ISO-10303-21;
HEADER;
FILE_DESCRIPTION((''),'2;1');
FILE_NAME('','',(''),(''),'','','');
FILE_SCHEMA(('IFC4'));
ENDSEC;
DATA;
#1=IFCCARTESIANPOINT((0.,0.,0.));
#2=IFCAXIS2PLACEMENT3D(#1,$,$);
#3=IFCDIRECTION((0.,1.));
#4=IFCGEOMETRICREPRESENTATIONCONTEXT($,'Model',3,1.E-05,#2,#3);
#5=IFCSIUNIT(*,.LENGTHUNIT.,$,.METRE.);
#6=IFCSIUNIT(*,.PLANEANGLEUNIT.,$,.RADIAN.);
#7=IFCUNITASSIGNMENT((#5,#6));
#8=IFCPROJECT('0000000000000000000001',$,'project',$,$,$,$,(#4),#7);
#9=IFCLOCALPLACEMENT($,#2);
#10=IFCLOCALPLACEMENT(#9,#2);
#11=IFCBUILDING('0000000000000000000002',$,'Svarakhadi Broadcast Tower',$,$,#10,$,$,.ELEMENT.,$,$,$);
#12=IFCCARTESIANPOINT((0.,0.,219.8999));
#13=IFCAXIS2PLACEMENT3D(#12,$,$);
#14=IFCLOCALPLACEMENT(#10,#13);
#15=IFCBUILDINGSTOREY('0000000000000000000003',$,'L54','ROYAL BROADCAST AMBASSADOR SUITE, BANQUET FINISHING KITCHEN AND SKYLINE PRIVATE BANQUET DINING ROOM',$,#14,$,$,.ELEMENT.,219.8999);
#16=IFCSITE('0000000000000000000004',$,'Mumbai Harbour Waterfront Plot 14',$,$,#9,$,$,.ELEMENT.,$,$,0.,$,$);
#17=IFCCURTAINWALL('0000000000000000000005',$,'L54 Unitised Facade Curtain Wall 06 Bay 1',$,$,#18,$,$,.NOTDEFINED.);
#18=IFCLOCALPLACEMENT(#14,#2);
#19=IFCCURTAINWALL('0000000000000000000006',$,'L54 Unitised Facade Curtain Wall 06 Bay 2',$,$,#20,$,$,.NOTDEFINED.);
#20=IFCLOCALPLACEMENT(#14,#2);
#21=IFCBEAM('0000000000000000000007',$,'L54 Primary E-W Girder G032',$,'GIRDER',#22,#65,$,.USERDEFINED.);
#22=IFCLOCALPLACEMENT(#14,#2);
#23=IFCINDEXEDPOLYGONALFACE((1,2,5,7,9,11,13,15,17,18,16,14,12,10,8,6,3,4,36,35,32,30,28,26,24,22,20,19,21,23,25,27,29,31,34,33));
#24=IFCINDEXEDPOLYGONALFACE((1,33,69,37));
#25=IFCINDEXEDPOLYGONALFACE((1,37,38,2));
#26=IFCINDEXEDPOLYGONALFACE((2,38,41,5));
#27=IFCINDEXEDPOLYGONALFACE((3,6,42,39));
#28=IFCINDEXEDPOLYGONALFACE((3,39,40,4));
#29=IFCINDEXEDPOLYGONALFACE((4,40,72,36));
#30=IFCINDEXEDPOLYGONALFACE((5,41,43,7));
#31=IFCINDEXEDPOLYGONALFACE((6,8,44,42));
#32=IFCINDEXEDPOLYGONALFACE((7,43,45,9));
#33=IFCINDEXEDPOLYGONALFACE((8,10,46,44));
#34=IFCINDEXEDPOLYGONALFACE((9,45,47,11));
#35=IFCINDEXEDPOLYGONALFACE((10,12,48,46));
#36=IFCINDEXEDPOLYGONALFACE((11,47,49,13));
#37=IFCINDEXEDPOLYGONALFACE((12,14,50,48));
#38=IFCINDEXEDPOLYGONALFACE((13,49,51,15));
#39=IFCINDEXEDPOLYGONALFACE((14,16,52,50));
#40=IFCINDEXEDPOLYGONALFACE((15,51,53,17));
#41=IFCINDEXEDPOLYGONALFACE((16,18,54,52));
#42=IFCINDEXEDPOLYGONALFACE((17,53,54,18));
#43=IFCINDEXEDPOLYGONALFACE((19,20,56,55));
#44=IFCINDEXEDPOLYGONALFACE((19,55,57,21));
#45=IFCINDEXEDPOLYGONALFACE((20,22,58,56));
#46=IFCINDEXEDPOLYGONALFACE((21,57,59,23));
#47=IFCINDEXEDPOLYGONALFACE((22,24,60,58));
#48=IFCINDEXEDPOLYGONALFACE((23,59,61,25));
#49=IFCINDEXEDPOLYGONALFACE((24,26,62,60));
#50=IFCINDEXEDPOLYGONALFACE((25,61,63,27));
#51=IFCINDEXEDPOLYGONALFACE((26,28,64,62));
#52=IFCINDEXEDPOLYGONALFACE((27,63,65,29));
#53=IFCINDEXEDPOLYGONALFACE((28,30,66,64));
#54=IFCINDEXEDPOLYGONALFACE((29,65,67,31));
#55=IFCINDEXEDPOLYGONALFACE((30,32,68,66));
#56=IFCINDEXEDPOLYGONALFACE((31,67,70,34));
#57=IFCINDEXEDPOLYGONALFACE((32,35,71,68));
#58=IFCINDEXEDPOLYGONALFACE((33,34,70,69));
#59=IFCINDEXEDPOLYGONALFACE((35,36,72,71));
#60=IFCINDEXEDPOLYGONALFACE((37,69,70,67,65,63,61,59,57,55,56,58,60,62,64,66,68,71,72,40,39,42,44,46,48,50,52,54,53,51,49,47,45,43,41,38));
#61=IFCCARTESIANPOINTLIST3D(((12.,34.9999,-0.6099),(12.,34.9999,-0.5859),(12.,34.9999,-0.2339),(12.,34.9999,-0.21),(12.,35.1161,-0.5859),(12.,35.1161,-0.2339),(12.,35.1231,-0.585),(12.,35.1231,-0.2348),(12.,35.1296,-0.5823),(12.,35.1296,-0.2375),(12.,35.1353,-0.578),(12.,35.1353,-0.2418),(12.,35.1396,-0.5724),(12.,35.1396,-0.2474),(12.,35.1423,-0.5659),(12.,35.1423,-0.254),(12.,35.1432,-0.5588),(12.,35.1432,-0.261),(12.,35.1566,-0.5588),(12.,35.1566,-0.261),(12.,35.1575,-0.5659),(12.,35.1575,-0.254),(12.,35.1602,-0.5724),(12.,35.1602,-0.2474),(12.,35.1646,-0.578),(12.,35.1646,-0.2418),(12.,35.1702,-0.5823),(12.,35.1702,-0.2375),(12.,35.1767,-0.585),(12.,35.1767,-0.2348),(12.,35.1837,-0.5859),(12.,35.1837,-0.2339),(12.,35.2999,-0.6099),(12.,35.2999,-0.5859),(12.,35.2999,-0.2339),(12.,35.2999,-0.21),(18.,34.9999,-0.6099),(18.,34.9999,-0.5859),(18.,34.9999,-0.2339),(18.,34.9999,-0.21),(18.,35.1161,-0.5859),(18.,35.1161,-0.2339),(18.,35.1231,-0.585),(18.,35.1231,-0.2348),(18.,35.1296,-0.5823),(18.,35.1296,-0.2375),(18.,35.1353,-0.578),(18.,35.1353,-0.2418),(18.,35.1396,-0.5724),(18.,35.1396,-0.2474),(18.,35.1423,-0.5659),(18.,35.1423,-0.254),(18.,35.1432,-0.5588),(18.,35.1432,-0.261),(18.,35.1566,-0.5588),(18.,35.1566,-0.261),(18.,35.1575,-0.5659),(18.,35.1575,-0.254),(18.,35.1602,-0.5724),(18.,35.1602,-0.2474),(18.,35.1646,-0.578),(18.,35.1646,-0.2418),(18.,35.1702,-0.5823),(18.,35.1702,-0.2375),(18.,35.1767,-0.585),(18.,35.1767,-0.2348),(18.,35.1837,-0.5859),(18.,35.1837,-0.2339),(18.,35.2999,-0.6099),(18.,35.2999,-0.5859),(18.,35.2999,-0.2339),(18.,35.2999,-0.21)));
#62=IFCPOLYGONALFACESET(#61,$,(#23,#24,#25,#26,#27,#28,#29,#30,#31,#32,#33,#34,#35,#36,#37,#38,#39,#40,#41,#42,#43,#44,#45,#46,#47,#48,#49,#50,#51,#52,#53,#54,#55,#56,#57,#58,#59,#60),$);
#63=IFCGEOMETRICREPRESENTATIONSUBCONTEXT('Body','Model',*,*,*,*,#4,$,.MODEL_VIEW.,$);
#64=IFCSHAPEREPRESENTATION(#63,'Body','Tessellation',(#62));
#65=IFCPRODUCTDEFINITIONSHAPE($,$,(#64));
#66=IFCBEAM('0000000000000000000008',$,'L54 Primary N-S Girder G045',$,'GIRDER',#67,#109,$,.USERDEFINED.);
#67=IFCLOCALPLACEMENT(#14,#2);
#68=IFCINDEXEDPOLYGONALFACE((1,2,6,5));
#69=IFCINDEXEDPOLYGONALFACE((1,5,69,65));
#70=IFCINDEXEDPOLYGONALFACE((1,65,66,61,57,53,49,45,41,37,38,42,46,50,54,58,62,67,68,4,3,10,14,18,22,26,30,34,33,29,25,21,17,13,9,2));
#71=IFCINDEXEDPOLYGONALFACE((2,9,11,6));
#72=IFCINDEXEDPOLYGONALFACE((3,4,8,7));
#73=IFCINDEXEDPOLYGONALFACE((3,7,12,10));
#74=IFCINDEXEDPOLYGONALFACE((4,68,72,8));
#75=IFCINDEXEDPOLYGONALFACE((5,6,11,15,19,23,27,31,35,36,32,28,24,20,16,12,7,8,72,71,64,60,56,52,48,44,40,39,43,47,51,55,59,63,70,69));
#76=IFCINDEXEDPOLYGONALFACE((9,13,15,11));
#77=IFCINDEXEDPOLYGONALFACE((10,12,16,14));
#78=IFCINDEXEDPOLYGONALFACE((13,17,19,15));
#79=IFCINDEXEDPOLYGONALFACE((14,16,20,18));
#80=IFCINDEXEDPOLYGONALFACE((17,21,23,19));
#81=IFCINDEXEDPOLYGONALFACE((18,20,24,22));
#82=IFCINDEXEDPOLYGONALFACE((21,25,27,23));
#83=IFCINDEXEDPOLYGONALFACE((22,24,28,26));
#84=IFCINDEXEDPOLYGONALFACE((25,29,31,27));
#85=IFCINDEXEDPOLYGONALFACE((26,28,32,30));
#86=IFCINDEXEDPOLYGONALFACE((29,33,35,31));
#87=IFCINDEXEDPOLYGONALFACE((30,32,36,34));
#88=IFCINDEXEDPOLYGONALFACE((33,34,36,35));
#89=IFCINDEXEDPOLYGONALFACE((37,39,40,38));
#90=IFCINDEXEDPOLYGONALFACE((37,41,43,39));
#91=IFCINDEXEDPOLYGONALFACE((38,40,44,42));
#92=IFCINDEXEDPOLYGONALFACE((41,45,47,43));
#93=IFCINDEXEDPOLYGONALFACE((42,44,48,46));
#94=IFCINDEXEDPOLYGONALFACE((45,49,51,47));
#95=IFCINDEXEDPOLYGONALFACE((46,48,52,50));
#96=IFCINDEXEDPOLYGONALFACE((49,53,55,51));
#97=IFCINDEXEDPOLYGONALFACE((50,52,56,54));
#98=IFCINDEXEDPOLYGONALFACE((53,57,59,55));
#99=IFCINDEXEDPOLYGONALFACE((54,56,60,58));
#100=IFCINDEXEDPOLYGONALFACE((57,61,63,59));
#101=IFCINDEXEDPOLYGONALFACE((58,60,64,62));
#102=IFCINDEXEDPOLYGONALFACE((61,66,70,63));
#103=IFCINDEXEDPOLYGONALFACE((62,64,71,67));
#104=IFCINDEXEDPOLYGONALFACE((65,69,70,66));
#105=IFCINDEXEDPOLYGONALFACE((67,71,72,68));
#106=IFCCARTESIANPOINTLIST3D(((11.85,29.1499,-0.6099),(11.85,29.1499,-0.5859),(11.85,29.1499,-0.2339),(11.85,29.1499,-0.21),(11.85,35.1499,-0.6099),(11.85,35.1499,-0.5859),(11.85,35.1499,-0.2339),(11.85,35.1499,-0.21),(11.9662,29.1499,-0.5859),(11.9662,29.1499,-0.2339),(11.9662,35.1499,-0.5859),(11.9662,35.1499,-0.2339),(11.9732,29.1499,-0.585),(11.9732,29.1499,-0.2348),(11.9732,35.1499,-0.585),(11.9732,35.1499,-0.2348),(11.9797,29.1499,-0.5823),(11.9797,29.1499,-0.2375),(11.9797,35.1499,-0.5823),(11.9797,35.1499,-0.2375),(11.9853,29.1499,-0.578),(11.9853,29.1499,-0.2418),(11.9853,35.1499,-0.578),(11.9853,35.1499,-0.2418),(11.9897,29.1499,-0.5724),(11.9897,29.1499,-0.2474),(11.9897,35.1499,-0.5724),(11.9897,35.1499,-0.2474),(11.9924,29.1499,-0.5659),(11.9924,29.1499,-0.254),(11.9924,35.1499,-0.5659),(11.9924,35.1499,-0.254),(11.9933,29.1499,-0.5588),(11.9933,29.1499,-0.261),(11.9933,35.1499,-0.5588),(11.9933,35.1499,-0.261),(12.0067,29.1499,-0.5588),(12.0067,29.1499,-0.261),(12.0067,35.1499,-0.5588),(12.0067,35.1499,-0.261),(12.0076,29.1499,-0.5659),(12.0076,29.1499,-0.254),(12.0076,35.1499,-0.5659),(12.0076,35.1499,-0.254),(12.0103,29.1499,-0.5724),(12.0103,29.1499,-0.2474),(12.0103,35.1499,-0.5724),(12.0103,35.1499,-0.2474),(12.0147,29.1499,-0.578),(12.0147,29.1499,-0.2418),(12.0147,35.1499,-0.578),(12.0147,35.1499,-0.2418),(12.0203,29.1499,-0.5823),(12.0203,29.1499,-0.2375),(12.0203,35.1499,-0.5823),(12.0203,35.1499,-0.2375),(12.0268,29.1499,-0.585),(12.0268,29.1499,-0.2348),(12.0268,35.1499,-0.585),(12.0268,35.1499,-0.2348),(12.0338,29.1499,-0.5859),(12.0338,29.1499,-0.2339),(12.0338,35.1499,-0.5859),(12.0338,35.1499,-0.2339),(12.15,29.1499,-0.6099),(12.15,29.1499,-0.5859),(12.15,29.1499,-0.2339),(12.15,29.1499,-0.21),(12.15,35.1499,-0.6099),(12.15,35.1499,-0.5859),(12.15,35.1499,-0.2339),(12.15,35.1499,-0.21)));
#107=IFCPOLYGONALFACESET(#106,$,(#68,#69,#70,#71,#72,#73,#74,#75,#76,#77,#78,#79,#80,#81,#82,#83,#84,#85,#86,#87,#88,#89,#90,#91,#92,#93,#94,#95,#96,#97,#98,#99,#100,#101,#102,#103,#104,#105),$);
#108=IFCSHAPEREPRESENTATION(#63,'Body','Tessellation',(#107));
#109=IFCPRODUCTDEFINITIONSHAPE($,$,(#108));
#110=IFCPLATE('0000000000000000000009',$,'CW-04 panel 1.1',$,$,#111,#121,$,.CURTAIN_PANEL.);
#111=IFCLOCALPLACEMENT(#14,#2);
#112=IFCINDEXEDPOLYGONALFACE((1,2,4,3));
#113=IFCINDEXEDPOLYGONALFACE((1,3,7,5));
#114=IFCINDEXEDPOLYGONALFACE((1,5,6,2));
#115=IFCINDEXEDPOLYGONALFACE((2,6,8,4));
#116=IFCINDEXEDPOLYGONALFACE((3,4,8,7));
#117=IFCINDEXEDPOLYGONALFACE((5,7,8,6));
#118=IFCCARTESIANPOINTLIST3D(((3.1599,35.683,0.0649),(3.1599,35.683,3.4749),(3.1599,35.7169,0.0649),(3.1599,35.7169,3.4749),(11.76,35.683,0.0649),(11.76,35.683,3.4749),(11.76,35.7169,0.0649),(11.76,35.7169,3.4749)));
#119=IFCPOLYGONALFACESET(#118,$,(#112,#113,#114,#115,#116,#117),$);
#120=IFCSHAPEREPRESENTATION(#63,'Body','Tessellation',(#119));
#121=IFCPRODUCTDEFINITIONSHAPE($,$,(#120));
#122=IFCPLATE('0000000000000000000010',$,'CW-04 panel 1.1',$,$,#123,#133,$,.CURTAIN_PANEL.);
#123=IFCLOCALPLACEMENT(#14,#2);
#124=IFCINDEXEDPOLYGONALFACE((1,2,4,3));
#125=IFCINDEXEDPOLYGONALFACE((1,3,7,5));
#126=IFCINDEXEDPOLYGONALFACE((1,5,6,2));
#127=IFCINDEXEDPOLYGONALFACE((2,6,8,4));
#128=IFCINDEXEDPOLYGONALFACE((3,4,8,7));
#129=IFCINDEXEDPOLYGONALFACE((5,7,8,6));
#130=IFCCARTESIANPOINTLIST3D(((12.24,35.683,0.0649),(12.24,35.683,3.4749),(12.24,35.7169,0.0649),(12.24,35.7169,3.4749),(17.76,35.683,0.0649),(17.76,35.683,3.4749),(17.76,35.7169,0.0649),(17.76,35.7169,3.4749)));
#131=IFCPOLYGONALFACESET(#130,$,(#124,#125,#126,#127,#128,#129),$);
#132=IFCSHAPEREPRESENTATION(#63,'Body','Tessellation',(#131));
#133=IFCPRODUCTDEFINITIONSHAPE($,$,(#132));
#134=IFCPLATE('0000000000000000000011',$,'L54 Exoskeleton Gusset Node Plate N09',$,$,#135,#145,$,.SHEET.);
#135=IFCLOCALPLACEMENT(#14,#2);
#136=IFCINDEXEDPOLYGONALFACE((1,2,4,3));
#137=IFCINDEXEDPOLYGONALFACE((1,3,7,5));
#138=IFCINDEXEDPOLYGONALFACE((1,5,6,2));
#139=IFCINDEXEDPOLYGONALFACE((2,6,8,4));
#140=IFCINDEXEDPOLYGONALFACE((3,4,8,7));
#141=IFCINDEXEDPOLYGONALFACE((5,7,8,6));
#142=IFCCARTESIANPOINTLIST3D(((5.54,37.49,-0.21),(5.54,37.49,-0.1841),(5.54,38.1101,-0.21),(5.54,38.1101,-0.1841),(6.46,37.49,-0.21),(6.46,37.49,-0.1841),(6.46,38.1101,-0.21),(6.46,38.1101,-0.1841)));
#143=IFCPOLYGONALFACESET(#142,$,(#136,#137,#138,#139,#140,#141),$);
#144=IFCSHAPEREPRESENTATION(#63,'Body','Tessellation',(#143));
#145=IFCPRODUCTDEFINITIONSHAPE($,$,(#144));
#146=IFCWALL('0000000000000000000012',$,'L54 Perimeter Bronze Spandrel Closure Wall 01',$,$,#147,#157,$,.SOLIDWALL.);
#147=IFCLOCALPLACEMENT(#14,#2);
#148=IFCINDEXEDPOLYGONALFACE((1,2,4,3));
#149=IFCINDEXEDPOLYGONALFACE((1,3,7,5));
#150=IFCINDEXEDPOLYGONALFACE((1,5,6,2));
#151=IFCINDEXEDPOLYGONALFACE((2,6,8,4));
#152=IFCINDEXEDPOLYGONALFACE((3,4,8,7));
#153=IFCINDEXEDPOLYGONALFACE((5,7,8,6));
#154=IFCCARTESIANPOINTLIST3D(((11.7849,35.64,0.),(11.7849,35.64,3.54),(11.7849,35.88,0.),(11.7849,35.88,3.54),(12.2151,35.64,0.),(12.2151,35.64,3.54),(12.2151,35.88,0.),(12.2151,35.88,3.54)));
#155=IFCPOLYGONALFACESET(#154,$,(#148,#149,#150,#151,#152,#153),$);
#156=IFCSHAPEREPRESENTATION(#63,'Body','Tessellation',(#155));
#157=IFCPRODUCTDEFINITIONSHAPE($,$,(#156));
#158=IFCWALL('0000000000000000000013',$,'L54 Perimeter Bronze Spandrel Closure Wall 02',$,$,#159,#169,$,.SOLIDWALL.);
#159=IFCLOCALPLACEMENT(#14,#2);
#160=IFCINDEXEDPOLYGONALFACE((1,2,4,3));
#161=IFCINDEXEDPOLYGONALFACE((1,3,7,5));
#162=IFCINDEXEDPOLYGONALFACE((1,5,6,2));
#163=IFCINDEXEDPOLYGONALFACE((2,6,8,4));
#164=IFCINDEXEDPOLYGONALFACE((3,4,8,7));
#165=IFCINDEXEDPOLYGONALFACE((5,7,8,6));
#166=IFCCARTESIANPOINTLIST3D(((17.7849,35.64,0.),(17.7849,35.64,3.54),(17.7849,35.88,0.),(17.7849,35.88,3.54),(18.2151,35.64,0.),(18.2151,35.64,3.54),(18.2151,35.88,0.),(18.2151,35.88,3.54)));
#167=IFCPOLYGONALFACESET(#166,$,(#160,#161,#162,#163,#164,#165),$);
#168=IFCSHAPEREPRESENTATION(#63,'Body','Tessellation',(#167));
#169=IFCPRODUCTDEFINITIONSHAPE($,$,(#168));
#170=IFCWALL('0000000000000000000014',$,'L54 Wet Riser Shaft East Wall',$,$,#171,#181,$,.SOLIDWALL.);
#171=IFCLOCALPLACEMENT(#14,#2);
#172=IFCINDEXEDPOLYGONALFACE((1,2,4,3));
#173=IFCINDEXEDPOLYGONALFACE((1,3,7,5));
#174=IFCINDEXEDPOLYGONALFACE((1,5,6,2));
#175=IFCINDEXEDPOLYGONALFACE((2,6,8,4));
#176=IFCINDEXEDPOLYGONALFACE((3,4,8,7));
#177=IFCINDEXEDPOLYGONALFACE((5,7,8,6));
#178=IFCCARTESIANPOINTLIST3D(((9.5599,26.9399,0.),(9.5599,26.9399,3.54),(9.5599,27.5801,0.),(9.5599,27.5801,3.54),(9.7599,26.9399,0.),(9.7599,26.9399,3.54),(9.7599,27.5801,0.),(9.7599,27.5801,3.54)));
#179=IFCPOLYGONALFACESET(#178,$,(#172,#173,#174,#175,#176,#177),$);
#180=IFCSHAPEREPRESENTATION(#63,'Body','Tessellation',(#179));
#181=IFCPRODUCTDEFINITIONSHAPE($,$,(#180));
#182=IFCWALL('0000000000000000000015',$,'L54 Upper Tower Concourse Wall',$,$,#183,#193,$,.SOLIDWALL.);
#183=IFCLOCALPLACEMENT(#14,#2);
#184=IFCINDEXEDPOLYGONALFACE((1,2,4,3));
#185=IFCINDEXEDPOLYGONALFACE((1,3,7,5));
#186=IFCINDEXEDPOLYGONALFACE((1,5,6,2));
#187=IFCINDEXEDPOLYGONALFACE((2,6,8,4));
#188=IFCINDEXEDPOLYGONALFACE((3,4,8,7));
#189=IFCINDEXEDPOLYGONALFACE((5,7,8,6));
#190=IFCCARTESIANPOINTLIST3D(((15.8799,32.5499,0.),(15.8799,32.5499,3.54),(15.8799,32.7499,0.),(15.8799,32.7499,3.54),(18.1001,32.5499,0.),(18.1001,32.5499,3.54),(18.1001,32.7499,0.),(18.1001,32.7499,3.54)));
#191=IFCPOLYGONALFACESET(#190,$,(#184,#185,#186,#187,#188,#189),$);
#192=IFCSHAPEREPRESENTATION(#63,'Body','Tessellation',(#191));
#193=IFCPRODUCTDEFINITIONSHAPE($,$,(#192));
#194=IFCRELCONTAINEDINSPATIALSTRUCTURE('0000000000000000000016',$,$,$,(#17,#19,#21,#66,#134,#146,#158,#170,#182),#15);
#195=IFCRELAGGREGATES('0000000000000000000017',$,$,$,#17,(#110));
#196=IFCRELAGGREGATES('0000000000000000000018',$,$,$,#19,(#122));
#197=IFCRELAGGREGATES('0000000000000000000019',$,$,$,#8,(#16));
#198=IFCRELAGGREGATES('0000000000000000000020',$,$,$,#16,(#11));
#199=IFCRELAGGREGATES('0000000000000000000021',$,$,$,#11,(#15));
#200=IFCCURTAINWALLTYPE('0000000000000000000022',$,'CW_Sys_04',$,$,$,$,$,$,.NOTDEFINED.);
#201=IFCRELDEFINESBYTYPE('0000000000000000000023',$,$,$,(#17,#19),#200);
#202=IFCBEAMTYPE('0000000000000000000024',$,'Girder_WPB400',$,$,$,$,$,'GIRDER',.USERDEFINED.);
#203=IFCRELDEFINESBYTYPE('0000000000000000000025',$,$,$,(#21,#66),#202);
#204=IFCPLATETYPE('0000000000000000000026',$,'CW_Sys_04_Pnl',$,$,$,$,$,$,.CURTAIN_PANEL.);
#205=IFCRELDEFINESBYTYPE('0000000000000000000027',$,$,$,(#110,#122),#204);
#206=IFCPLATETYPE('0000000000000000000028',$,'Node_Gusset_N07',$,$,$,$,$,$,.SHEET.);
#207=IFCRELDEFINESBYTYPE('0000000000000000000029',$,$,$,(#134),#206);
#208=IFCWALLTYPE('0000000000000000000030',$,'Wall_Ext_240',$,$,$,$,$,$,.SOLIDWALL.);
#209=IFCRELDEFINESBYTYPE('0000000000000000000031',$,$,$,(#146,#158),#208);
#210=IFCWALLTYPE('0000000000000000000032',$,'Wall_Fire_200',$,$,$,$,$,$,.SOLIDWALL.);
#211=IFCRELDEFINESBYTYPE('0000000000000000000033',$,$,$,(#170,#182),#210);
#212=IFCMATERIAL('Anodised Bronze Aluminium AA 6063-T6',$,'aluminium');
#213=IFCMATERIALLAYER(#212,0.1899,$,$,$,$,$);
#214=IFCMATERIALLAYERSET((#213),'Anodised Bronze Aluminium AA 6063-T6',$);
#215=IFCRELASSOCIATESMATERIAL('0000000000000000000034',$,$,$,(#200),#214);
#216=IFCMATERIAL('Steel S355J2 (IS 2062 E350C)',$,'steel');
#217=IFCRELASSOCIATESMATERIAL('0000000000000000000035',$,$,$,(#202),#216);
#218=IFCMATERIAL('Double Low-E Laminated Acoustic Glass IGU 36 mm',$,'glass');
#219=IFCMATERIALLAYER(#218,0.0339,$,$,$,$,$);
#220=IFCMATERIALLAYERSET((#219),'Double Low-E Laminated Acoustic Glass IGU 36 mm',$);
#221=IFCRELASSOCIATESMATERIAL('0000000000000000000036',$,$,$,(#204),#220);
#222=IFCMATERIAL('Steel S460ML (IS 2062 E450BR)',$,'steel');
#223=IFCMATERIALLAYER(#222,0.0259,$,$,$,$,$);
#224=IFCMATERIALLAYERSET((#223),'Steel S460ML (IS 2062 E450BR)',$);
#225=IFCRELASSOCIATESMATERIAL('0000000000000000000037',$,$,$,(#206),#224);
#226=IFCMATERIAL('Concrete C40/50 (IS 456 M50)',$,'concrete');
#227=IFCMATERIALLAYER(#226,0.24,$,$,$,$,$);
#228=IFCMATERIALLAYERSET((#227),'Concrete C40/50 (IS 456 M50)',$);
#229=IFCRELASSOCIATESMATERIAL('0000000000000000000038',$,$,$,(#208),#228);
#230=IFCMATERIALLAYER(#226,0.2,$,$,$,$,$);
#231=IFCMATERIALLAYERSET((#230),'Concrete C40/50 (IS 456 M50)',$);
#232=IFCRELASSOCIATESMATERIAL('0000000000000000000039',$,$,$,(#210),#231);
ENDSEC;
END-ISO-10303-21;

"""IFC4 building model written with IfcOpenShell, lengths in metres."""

from ifc_helpers import new_model, si_unit, direction, frame, frame_2d, origin, origin_2d, place, context, subcontext, project, spatial, rectangle, i_section, extrude, material, layer, layer_set, material_profile, profile_set, type_object, element, aggregate, save


model = new_model("IFC4")

# Units and contexts
model_context = context("Model", 3, precision=1e-05, world=origin(), true_north=direction((0.0, 1.0)))
body_context = subcontext(model_context, "Body", "Model", "MODEL_VIEW")
ifc_project = project(units=[si_unit("LENGTHUNIT", "METRE"), si_unit("PLANEANGLEUNIT", "RADIAN")], contexts=[model_context])

# Site, building, storey
site_placement = place(None, origin())
site = spatial("IfcSite", under=ifc_project, at=site_placement, Name="Mumbai Harbour Waterfront Plot 14", CompositionType="ELEMENT", RefElevation=0.0)
building_placement = place(site_placement, origin())
building = spatial("IfcBuilding", under=site, at=building_placement, Name="Svarakhadi Broadcast Tower", CompositionType="ELEMENT")
storey_placement = place(building_placement, frame((0.0, 0.0, 219.8999)))
storey = spatial("IfcBuildingStorey", under=building, at=storey_placement, Name="L54", Description="ROYAL BROADCAST AMBASSADOR SUITE, BANQUET FINISHING KITCHEN AND SKYLINE PRIVATE BANQUET DINING ROOM", CompositionType="ELEMENT", Elevation=219.8999)

# Shared definitions
ifc_material_1 = material(Name="Steel S460ML (IS 2062 E450BR)", Category="steel")

# Shared definitions
ifc_material_2 = material(Name="Steel S355J2 (IS 2062 E350C)", Category="steel")

# Curtain wall
ifc_material_3 = material(Name="Anodised Bronze Aluminium AA 6063-T6", Category="aluminium")
ifc_layer_1 = layer(ifc_material_3, 0.1899)
ifc_layer_set_1 = layer_set([ifc_layer_1], Name="Anodised Bronze Aluminium AA 6063-T6")
curtain_wall_type = type_object("IfcCurtainWallType", Name="CW_Sys_04", PredefinedType="NOTDEFINED", material=ifc_layer_set_1)
curtain_wall_1_placement = place(storey_placement, origin())
curtain_wall_1 = element("IfcCurtainWall", 1, at=curtain_wall_1_placement, inside=storey, type_object=curtain_wall_type, Name="L54 Unitised Facade Curtain Wall 06 Bay 1", PredefinedType="NOTDEFINED")

# Curtain wall
curtain_wall_2_placement = place(storey_placement, origin())
curtain_wall_2 = element("IfcCurtainWall", 2, at=curtain_wall_2_placement, inside=storey, type_object=curtain_wall_type, Name="L54 Unitised Facade Curtain Wall 06 Bay 2", PredefinedType="NOTDEFINED")

# Beams
ifc_material_profile_1 = material_profile(ifc_material_2, i_section(OverallWidth=0.3, OverallDepth=0.3999, WebThickness=0.0134, FlangeThickness=0.0239, FilletRadius=0.0271, at=origin_2d()), Name="WPB 400x300x155")
ifc_profile_set_1 = profile_set([ifc_material_profile_1], Name="Steel S355J2 (IS 2062 E350C)")
beam_type_1 = type_object("IfcBeamType", Name="Girder_WPB400", ElementType="GIRDER", PredefinedType="USERDEFINED", material=ifc_profile_set_1)
for number, where, z_axis, x_axis, name in (
    (3, (12.0, 35.1499, -0.4099), (1.0, 0.0, 0.0), (0.0, 1.0, 0.0), "L54 Primary E-W Girder G032"),
    (4, (12.0, 29.1499, -0.4099), (0.0, 1.0, 0.0), (-1.0, 0.0, 0.0), "L54 Primary N-S Girder G045"),
):
    element("IfcBeam", number, at=place(storey_placement, frame(where, z_axis=z_axis, x_axis=x_axis)), inside=storey, type_object=beam_type_1, Name=name, ObjectType="GIRDER", PredefinedType="USERDEFINED", context=body_context, shape_type="SweptSolid", body=[
        extrude(i_section(OverallWidth=0.3, OverallDepth=0.3999, WebThickness=0.0134, FlangeThickness=0.0239, FilletRadius=0.0271, at=origin_2d()), origin(), (0.0, 0.0, 1.0), 6.0),
    ])

# Plates
ifc_material_4 = material(Name="Double Low-E Laminated Acoustic Glass IGU 36 mm", Category="glass")
ifc_layer_2 = layer(ifc_material_4, 0.0339)
ifc_layer_set_2 = layer_set([ifc_layer_2], Name="Double Low-E Laminated Acoustic Glass IGU 36 mm")
plate_type_1 = type_object("IfcPlateType", Name="CW_Sys_04_Pnl", PredefinedType="CURTAIN_PANEL", material=ifc_layer_set_2)
plate_1_placement = place(storey_placement, frame((7.46, 35.7, 0.0649), z_axis=(0.0, 0.0, 1.0), x_axis=(1.0, 0.0, 0.0)))
plate_1 = element("IfcPlate", 5, at=plate_1_placement, type_object=plate_type_1, Name="CW-04 panel 1.1", PredefinedType="CURTAIN_PANEL", context=body_context, shape_type="SweptSolid", body=[
    extrude(rectangle(XDim=8.6001, YDim=0.0339, at=origin_2d()), origin(), (0.0, 0.0, 1.0), 3.4099),
])
aggregate(curtain_wall_1, [plate_1])
plate_2_placement = place(storey_placement, frame((15.0, 35.7, 0.0649), z_axis=(0.0, 0.0, 1.0), x_axis=(1.0, 0.0, 0.0)))
plate_2 = element("IfcPlate", 6, at=plate_2_placement, type_object=plate_type_1, Name="CW-04 panel 1.1", PredefinedType="CURTAIN_PANEL", context=body_context, shape_type="SweptSolid", body=[
    extrude(rectangle(XDim=5.52, YDim=0.0339, at=origin_2d()), origin(), (0.0, 0.0, 1.0), 3.4099),
])
aggregate(curtain_wall_2, [plate_2])
ifc_layer_3 = layer(ifc_material_1, 0.0259)
ifc_layer_set_3 = layer_set([ifc_layer_3], Name="Steel S460ML (IS 2062 E450BR)")
plate_type_2 = type_object("IfcPlateType", Name="Node_Gusset_N07", PredefinedType="SHEET", material=ifc_layer_set_3)
plate_3_placement = place(storey_placement, frame((6.0, 37.8, -0.21), z_axis=(0.0, 0.0, 1.0), x_axis=(1.0, 0.0, 0.0)))
element("IfcPlate", 7, at=plate_3_placement, inside=storey, type_object=plate_type_2, Name="L54 Exoskeleton Gusset Node Plate N09", PredefinedType="SHEET", context=body_context, shape_type="SweptSolid", body=[
    extrude(rectangle(XDim=0.9199, YDim=0.6201, at=origin_2d()), origin(), (0.0, 0.0, 1.0), 0.0259),
])

# Walls
ifc_material_5 = material(Name="Concrete C40/50 (IS 456 M50)", Category="concrete")
ifc_layer_4 = layer(ifc_material_5, 0.24)
ifc_layer_set_4 = layer_set([ifc_layer_4], Name="Concrete C40/50 (IS 456 M50)")
wall_type_1 = type_object("IfcWallType", Name="Wall_Ext_240", PredefinedType="SOLIDWALL", material=ifc_layer_set_4)
for number, where, z_axis, x_axis, name in (
    (8, (11.7849, 35.76, 0.0), (0.0, 0.0, 1.0), (1.0, 0.0, 0.0), "L54 Perimeter Bronze Spandrel Closure Wall 01"),
    (9, (17.7849, 35.76, 0.0), (0.0, 0.0, 1.0), (1.0, 0.0, 0.0), "L54 Perimeter Bronze Spandrel Closure Wall 02"),
):
    element("IfcWall", number, at=place(storey_placement, frame(where, z_axis=z_axis, x_axis=x_axis)), inside=storey, type_object=wall_type_1, Name=name, PredefinedType="SOLIDWALL", context=body_context, shape_type="SweptSolid", body=[
        extrude(rectangle(XDim=0.4302, YDim=0.24, at=frame_2d((0.2151, 0.0))), origin(), (0.0, 0.0, 1.0), 3.54),
    ])
ifc_layer_5 = layer(ifc_material_5, 0.2)
ifc_layer_set_5 = layer_set([ifc_layer_5], Name="Concrete C40/50 (IS 456 M50)")
wall_type_2 = type_object("IfcWallType", Name="Wall_Fire_200", PredefinedType="SOLIDWALL", material=ifc_layer_set_5)
wall_1_placement = place(storey_placement, frame((9.6599, 26.9399, 0.0), z_axis=(0.0, 0.0, 1.0), x_axis=(0.0, 1.0, 0.0)))
element("IfcWall", 10, at=wall_1_placement, inside=storey, type_object=wall_type_2, Name="L54 Wet Riser Shaft East Wall", PredefinedType="SOLIDWALL", context=body_context, shape_type="SweptSolid", body=[
    extrude(rectangle(XDim=0.6401, YDim=0.2, at=frame_2d((0.3201, 0.0))), origin(), (0.0, 0.0, 1.0), 3.54),
])

# Wall
wall_2_placement = place(storey_placement, frame((15.8799, 32.6499, 0.0), z_axis=(0.0, 0.0, 1.0), x_axis=(1.0, 0.0, 0.0)))
element("IfcWall", 11, at=wall_2_placement, inside=storey, type_object=wall_type_2, Name="L54 Upper Tower Concourse Wall", PredefinedType="SOLIDWALL", context=body_context, shape_type="SweptSolid", body=[
    extrude(rectangle(XDim=2.2202, YDim=0.2, at=frame_2d((1.1101, 0.0))), origin(), (0.0, 0.0, 1.0), 3.54),
])

save(model, "model.ifc")
